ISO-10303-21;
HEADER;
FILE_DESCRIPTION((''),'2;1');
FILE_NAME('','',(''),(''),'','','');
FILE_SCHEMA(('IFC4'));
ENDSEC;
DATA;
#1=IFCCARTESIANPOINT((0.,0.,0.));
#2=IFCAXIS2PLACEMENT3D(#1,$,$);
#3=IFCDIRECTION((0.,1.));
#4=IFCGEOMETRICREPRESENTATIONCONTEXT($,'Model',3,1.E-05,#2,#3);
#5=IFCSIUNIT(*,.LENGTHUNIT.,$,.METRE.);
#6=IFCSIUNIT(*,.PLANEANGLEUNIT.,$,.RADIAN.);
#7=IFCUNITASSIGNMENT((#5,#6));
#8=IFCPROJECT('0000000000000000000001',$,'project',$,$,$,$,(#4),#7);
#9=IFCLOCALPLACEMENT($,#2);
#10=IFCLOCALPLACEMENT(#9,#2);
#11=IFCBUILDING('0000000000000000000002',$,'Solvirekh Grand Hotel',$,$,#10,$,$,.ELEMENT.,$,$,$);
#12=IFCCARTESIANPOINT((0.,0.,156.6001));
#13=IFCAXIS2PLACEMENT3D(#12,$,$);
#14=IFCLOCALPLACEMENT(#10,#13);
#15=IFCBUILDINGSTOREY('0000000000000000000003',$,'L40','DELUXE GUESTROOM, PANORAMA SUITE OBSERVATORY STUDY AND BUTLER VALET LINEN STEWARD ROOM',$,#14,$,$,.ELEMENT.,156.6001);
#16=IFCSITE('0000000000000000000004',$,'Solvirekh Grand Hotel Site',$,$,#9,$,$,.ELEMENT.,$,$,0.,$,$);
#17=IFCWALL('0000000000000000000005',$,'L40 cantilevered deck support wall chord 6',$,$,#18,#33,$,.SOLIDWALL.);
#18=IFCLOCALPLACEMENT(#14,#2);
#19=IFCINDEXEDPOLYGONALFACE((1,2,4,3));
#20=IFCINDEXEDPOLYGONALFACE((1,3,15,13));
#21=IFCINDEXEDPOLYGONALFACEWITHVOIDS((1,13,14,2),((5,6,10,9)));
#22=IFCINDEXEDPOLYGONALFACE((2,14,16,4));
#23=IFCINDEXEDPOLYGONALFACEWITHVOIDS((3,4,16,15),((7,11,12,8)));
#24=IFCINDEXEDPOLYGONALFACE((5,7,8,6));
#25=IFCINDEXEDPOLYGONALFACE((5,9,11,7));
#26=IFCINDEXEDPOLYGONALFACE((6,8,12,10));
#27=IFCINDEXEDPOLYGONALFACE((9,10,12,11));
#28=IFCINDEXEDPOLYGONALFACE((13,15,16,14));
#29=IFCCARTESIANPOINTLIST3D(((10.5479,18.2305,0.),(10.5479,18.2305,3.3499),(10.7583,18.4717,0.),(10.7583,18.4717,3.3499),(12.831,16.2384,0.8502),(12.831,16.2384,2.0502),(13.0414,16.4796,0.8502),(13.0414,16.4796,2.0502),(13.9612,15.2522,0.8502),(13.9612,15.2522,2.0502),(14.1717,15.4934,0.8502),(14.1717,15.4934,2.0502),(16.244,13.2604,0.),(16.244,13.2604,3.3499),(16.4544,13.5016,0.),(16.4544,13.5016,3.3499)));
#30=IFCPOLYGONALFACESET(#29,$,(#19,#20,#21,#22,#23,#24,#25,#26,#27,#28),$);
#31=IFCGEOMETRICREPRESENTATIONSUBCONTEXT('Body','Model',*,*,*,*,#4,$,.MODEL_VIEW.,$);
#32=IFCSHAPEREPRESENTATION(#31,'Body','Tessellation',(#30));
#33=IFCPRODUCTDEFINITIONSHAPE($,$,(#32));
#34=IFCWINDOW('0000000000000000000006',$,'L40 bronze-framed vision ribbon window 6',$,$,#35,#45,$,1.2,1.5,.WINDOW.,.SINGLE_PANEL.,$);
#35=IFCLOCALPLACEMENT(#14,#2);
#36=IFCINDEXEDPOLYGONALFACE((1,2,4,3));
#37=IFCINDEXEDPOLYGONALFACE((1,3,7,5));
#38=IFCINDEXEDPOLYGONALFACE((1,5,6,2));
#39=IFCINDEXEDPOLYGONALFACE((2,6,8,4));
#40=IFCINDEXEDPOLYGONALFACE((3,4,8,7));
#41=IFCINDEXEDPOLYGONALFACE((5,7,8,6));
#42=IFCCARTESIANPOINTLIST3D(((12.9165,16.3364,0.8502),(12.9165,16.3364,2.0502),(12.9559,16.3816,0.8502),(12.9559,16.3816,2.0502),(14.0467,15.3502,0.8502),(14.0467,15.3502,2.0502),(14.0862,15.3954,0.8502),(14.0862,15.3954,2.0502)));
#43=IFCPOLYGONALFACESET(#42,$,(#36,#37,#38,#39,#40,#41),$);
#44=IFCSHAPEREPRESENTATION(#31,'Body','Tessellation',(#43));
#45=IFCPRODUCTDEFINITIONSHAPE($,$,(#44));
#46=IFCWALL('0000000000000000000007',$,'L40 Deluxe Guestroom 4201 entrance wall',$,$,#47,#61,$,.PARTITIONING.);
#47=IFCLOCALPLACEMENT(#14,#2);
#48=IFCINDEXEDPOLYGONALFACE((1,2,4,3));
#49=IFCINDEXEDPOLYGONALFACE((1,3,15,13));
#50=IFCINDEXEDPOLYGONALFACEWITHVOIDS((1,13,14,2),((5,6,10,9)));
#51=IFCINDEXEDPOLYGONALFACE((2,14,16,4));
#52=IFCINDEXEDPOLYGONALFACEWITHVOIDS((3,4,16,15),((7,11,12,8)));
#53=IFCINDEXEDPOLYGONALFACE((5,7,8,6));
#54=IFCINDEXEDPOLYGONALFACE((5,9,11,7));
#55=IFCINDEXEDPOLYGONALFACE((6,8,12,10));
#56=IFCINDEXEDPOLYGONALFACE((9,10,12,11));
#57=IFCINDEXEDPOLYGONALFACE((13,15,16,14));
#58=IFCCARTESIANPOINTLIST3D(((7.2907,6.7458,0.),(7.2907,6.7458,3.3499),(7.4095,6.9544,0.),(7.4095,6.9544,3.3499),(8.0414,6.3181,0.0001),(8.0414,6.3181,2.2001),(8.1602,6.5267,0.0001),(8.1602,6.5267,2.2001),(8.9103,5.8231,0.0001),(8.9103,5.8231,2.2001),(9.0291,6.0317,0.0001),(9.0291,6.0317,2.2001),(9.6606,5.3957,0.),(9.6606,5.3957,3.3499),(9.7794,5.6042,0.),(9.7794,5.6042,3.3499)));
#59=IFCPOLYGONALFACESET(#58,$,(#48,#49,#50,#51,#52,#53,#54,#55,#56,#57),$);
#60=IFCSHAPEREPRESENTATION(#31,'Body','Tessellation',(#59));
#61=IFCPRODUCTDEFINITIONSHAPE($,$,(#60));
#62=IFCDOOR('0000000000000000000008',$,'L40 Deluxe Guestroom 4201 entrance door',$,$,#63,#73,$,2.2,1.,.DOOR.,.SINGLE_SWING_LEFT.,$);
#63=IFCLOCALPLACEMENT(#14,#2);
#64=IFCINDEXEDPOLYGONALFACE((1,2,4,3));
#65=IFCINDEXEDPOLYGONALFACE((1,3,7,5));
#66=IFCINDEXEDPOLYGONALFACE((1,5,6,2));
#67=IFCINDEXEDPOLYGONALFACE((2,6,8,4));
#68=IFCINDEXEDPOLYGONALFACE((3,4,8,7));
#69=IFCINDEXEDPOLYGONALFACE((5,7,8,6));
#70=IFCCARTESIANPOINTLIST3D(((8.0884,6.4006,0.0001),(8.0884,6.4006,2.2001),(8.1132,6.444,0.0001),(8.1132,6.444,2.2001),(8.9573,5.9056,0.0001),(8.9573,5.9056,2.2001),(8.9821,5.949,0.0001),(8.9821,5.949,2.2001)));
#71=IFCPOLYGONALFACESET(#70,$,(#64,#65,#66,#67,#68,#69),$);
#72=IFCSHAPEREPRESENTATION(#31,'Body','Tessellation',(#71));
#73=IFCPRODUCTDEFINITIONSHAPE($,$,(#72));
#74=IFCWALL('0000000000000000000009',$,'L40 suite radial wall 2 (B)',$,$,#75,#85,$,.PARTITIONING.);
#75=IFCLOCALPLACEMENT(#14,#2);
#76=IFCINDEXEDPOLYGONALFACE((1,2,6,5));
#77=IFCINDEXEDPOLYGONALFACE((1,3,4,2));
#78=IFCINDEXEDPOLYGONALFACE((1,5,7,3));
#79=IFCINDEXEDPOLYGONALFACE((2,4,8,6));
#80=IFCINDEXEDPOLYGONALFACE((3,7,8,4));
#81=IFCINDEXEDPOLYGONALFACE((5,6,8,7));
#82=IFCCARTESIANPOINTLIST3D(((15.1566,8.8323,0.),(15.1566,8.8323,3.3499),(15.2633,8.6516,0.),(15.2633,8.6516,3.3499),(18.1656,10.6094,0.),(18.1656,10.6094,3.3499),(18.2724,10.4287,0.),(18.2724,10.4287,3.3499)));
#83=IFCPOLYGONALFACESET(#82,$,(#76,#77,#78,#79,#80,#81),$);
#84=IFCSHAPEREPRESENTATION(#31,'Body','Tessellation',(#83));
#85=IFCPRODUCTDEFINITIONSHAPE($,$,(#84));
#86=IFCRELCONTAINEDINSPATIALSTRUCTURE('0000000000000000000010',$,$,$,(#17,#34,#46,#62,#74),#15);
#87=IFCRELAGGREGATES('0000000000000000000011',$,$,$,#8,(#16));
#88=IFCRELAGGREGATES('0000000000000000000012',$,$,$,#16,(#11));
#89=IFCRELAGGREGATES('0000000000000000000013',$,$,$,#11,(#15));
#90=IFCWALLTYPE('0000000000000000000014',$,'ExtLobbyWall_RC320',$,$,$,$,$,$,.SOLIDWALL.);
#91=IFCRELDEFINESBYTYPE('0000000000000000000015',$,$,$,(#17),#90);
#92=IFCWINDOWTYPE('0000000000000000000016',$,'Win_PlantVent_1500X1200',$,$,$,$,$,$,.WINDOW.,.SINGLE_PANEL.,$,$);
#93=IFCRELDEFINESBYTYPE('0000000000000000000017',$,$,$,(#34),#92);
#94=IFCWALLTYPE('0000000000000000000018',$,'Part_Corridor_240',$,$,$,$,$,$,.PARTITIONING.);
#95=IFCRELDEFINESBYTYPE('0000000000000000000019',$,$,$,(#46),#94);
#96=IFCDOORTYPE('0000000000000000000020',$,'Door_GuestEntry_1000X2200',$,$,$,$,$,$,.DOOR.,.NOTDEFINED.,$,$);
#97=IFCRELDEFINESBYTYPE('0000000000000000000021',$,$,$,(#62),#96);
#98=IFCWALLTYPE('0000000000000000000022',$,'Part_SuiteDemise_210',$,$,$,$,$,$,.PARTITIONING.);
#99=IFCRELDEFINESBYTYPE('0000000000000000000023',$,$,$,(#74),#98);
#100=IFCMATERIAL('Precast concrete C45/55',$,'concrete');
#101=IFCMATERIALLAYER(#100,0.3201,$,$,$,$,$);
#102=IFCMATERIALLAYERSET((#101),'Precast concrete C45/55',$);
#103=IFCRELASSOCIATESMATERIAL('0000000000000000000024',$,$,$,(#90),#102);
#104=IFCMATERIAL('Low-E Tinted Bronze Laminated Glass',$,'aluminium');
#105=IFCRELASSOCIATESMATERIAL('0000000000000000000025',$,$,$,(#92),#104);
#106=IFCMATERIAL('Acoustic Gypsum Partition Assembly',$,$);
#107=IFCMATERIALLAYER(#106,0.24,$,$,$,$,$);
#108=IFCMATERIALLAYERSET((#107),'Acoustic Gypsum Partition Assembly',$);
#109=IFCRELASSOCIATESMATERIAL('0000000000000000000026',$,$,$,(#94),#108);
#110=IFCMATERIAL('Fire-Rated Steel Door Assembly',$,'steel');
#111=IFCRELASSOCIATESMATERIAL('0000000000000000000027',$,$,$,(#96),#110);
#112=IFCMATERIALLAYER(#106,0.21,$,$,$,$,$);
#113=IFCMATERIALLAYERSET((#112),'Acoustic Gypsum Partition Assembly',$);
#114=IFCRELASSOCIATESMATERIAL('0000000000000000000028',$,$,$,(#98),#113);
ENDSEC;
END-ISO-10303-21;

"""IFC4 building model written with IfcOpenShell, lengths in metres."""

from ifc_helpers import new_model, si_unit, direction, frame, frame_2d, origin, place, context, subcontext, project, spatial, rectangle, extrude, material, layer, layer_set, type_object, element, fill, save


model = new_model("IFC4")

# Units and contexts
model_context = context("Model", 3, precision=1e-05, world=origin(), true_north=direction((0.0, 1.0)))
body_context = subcontext(model_context, "Body", "Model", "MODEL_VIEW")
ifc_project = project(units=[si_unit("LENGTHUNIT", "METRE"), si_unit("PLANEANGLEUNIT", "RADIAN")], contexts=[model_context])

# Site, building, storey
site_placement = place(None, origin())
site = spatial("IfcSite", under=ifc_project, at=site_placement, Name="Solvirekh Grand Hotel Site", CompositionType="ELEMENT", RefElevation=0.0)
building_placement = place(site_placement, origin())
building = spatial("IfcBuilding", under=site, at=building_placement, Name="Solvirekh Grand Hotel", CompositionType="ELEMENT")
storey_placement = place(building_placement, frame((0.0, 0.0, 156.6001)))
storey = spatial("IfcBuildingStorey", under=building, at=storey_placement, Name="L40", Description="DELUXE GUESTROOM, PANORAMA SUITE OBSERVATORY STUDY AND BUTLER VALET LINEN STEWARD ROOM", CompositionType="ELEMENT", Elevation=156.6001)

# Wall, opening, window
ifc_material_1 = material(Name="Precast concrete C45/55", Category="concrete")
ifc_layer_1 = layer(ifc_material_1, 0.3201)
ifc_layer_set_1 = layer_set([ifc_layer_1], Name="Precast concrete C45/55")
wall_type_1 = type_object("IfcWallType", Name="ExtLobbyWall_RC320", PredefinedType="SOLIDWALL", material=ifc_layer_set_1)
ifc_material_2 = material(Name="Low-E Tinted Bronze Laminated Glass", Category="aluminium")
window_type = type_object("IfcWindowType", Name="Win_PlantVent_1500X1200", PartitioningType="SINGLE_PANEL", PredefinedType="WINDOW", material=ifc_material_2)
wall_1_placement = place(storey_placement, frame((10.6531, 18.3511, 0.0), z_axis=(0.0, 0.0, 1.0), x_axis=(0.753498, -0.65745, 0.0)))
wall_1 = element("IfcWall", 1, at=wall_1_placement, inside=storey, type_object=wall_type_1, Name="L40 cantilevered deck support wall chord 6", PredefinedType="SOLIDWALL", context=body_context, shape_type="SweptSolid", body=[
    extrude(rectangle(XDim=7.5596, YDim=0.3201, at=frame_2d((3.7798, 0.0))), origin(), (0.0, 0.0, 1.0), 3.3499),
])
opening_1_placement = place(wall_1_placement, frame((3.03, 0.0, 0.8501)))
opening_1 = element("IfcOpeningElement", 2, at=opening_1_placement, cuts=wall_1, PredefinedType="OPENING", context=body_context, shape_type="SweptSolid", body=[
    extrude(rectangle(XDim=1.5, YDim=1.2, at=frame_2d((0.75, 0.6001))), frame((0.0, 0.1699, 0.0), z_axis=(0.0, -1.0, 0.0), x_axis=(1.0, 0.0, 0.0)), (0.0, 0.0, 1.0), 0.3401),
])
window_1_placement = place(opening_1_placement, origin())
window_1 = element("IfcWindow", 3, at=window_1_placement, inside=storey, type_object=window_type, Name="L40 bronze-framed vision ribbon window 6", OverallHeight=1.2, OverallWidth=1.5, PartitioningType="SINGLE_PANEL", PredefinedType="WINDOW", context=body_context, shape_type="SweptSolid", body=[
    extrude(rectangle(XDim=1.5, YDim=1.2, at=frame_2d((0.75, 0.6001))), frame((0.0, 0.03, 0.0), z_axis=(0.0, -1.0, 0.0), x_axis=(1.0, 0.0, 0.0)), (0.0, 0.0, 1.0), 0.0601),
])
fill(opening_1, window_1)

# Wall, opening, door
ifc_material_3 = material(Name="Acoustic Gypsum Partition Assembly")
ifc_layer_2 = layer(ifc_material_3, 0.24)
ifc_layer_set_2 = layer_set([ifc_layer_2], Name="Acoustic Gypsum Partition Assembly")
wall_type_2 = type_object("IfcWallType", Name="Part_Corridor_240", PredefinedType="PARTITIONING", material=ifc_layer_set_2)
wall_2_placement = place(storey_placement, frame((7.3501, 6.8501, 0.0), z_axis=(0.0, 0.0, 1.0), x_axis=(0.868892, -0.495001, 0.0)))
wall_2 = element("IfcWall", 4, at=wall_2_placement, inside=storey, type_object=wall_type_2, Name="L40 Deluxe Guestroom 4201 entrance wall", PredefinedType="PARTITIONING", context=body_context, shape_type="SweptSolid", body=[
    extrude(rectangle(XDim=2.7275, YDim=0.24, at=frame_2d((1.3638, 0.0))), origin(), (0.0, 0.0, 1.0), 3.3499),
])
opening_2_placement = place(wall_2_placement, frame((0.864, 0.0, 0.0)))
opening_2 = element("IfcOpeningElement", 5, at=opening_2_placement, cuts=wall_2, PredefinedType="OPENING", context=body_context, shape_type="SweptSolid", body=[
    extrude(rectangle(XDim=1.0, YDim=2.2, at=frame_2d((0.5, 1.1001))), frame((0.0, 0.1299, 0.0), z_axis=(0.0, -1.0, 0.0), x_axis=(1.0, 0.0, 0.0)), (0.0, 0.0, 1.0), 0.26),
])
ifc_material_4 = material(Name="Fire-Rated Steel Door Assembly", Category="steel")
door_type = type_object("IfcDoorType", Name="Door_GuestEntry_1000X2200", OperationType="NOTDEFINED", PredefinedType="DOOR", material=ifc_material_4)
door_placement = place(opening_2_placement, origin())
door = element("IfcDoor", 6, at=door_placement, inside=storey, type_object=door_type, Name="L40 Deluxe Guestroom 4201 entrance door", OperationType="SINGLE_SWING_LEFT", OverallHeight=2.2, OverallWidth=1.0, PredefinedType="DOOR", context=body_context, shape_type="SweptSolid", body=[
    extrude(rectangle(XDim=1.0, YDim=2.2, at=frame_2d((0.5, 1.1001))), frame((0.0, 0.0249, 0.0), z_axis=(0.0, -1.0, 0.0), x_axis=(1.0, 0.0, 0.0)), (0.0, 0.0, 1.0), 0.05),
])
fill(opening_2, door)

# Wall
ifc_layer_3 = layer(ifc_material_3, 0.21)
ifc_layer_set_3 = layer_set([ifc_layer_3], Name="Acoustic Gypsum Partition Assembly")
wall_type_3 = type_object("IfcWallType", Name="Part_SuiteDemise_210", PredefinedType="PARTITIONING", material=ifc_layer_set_3)
wall_3_placement = place(storey_placement, frame((15.21, 8.7419, 0.0), z_axis=(0.0, 0.0, 1.0), x_axis=(0.861048, 0.508525, 0.0)))
element("IfcWall", 7, at=wall_3_placement, inside=storey, type_object=wall_type_3, Name="L40 suite radial wall 2 (B)", PredefinedType="PARTITIONING", context=body_context, shape_type="SweptSolid", body=[
    extrude(rectangle(XDim=3.4946, YDim=0.21, at=frame_2d((1.7473, 0.0))), origin(), (0.0, 0.0, 1.0), 3.3499),
])

save(model, "model.ifc")
